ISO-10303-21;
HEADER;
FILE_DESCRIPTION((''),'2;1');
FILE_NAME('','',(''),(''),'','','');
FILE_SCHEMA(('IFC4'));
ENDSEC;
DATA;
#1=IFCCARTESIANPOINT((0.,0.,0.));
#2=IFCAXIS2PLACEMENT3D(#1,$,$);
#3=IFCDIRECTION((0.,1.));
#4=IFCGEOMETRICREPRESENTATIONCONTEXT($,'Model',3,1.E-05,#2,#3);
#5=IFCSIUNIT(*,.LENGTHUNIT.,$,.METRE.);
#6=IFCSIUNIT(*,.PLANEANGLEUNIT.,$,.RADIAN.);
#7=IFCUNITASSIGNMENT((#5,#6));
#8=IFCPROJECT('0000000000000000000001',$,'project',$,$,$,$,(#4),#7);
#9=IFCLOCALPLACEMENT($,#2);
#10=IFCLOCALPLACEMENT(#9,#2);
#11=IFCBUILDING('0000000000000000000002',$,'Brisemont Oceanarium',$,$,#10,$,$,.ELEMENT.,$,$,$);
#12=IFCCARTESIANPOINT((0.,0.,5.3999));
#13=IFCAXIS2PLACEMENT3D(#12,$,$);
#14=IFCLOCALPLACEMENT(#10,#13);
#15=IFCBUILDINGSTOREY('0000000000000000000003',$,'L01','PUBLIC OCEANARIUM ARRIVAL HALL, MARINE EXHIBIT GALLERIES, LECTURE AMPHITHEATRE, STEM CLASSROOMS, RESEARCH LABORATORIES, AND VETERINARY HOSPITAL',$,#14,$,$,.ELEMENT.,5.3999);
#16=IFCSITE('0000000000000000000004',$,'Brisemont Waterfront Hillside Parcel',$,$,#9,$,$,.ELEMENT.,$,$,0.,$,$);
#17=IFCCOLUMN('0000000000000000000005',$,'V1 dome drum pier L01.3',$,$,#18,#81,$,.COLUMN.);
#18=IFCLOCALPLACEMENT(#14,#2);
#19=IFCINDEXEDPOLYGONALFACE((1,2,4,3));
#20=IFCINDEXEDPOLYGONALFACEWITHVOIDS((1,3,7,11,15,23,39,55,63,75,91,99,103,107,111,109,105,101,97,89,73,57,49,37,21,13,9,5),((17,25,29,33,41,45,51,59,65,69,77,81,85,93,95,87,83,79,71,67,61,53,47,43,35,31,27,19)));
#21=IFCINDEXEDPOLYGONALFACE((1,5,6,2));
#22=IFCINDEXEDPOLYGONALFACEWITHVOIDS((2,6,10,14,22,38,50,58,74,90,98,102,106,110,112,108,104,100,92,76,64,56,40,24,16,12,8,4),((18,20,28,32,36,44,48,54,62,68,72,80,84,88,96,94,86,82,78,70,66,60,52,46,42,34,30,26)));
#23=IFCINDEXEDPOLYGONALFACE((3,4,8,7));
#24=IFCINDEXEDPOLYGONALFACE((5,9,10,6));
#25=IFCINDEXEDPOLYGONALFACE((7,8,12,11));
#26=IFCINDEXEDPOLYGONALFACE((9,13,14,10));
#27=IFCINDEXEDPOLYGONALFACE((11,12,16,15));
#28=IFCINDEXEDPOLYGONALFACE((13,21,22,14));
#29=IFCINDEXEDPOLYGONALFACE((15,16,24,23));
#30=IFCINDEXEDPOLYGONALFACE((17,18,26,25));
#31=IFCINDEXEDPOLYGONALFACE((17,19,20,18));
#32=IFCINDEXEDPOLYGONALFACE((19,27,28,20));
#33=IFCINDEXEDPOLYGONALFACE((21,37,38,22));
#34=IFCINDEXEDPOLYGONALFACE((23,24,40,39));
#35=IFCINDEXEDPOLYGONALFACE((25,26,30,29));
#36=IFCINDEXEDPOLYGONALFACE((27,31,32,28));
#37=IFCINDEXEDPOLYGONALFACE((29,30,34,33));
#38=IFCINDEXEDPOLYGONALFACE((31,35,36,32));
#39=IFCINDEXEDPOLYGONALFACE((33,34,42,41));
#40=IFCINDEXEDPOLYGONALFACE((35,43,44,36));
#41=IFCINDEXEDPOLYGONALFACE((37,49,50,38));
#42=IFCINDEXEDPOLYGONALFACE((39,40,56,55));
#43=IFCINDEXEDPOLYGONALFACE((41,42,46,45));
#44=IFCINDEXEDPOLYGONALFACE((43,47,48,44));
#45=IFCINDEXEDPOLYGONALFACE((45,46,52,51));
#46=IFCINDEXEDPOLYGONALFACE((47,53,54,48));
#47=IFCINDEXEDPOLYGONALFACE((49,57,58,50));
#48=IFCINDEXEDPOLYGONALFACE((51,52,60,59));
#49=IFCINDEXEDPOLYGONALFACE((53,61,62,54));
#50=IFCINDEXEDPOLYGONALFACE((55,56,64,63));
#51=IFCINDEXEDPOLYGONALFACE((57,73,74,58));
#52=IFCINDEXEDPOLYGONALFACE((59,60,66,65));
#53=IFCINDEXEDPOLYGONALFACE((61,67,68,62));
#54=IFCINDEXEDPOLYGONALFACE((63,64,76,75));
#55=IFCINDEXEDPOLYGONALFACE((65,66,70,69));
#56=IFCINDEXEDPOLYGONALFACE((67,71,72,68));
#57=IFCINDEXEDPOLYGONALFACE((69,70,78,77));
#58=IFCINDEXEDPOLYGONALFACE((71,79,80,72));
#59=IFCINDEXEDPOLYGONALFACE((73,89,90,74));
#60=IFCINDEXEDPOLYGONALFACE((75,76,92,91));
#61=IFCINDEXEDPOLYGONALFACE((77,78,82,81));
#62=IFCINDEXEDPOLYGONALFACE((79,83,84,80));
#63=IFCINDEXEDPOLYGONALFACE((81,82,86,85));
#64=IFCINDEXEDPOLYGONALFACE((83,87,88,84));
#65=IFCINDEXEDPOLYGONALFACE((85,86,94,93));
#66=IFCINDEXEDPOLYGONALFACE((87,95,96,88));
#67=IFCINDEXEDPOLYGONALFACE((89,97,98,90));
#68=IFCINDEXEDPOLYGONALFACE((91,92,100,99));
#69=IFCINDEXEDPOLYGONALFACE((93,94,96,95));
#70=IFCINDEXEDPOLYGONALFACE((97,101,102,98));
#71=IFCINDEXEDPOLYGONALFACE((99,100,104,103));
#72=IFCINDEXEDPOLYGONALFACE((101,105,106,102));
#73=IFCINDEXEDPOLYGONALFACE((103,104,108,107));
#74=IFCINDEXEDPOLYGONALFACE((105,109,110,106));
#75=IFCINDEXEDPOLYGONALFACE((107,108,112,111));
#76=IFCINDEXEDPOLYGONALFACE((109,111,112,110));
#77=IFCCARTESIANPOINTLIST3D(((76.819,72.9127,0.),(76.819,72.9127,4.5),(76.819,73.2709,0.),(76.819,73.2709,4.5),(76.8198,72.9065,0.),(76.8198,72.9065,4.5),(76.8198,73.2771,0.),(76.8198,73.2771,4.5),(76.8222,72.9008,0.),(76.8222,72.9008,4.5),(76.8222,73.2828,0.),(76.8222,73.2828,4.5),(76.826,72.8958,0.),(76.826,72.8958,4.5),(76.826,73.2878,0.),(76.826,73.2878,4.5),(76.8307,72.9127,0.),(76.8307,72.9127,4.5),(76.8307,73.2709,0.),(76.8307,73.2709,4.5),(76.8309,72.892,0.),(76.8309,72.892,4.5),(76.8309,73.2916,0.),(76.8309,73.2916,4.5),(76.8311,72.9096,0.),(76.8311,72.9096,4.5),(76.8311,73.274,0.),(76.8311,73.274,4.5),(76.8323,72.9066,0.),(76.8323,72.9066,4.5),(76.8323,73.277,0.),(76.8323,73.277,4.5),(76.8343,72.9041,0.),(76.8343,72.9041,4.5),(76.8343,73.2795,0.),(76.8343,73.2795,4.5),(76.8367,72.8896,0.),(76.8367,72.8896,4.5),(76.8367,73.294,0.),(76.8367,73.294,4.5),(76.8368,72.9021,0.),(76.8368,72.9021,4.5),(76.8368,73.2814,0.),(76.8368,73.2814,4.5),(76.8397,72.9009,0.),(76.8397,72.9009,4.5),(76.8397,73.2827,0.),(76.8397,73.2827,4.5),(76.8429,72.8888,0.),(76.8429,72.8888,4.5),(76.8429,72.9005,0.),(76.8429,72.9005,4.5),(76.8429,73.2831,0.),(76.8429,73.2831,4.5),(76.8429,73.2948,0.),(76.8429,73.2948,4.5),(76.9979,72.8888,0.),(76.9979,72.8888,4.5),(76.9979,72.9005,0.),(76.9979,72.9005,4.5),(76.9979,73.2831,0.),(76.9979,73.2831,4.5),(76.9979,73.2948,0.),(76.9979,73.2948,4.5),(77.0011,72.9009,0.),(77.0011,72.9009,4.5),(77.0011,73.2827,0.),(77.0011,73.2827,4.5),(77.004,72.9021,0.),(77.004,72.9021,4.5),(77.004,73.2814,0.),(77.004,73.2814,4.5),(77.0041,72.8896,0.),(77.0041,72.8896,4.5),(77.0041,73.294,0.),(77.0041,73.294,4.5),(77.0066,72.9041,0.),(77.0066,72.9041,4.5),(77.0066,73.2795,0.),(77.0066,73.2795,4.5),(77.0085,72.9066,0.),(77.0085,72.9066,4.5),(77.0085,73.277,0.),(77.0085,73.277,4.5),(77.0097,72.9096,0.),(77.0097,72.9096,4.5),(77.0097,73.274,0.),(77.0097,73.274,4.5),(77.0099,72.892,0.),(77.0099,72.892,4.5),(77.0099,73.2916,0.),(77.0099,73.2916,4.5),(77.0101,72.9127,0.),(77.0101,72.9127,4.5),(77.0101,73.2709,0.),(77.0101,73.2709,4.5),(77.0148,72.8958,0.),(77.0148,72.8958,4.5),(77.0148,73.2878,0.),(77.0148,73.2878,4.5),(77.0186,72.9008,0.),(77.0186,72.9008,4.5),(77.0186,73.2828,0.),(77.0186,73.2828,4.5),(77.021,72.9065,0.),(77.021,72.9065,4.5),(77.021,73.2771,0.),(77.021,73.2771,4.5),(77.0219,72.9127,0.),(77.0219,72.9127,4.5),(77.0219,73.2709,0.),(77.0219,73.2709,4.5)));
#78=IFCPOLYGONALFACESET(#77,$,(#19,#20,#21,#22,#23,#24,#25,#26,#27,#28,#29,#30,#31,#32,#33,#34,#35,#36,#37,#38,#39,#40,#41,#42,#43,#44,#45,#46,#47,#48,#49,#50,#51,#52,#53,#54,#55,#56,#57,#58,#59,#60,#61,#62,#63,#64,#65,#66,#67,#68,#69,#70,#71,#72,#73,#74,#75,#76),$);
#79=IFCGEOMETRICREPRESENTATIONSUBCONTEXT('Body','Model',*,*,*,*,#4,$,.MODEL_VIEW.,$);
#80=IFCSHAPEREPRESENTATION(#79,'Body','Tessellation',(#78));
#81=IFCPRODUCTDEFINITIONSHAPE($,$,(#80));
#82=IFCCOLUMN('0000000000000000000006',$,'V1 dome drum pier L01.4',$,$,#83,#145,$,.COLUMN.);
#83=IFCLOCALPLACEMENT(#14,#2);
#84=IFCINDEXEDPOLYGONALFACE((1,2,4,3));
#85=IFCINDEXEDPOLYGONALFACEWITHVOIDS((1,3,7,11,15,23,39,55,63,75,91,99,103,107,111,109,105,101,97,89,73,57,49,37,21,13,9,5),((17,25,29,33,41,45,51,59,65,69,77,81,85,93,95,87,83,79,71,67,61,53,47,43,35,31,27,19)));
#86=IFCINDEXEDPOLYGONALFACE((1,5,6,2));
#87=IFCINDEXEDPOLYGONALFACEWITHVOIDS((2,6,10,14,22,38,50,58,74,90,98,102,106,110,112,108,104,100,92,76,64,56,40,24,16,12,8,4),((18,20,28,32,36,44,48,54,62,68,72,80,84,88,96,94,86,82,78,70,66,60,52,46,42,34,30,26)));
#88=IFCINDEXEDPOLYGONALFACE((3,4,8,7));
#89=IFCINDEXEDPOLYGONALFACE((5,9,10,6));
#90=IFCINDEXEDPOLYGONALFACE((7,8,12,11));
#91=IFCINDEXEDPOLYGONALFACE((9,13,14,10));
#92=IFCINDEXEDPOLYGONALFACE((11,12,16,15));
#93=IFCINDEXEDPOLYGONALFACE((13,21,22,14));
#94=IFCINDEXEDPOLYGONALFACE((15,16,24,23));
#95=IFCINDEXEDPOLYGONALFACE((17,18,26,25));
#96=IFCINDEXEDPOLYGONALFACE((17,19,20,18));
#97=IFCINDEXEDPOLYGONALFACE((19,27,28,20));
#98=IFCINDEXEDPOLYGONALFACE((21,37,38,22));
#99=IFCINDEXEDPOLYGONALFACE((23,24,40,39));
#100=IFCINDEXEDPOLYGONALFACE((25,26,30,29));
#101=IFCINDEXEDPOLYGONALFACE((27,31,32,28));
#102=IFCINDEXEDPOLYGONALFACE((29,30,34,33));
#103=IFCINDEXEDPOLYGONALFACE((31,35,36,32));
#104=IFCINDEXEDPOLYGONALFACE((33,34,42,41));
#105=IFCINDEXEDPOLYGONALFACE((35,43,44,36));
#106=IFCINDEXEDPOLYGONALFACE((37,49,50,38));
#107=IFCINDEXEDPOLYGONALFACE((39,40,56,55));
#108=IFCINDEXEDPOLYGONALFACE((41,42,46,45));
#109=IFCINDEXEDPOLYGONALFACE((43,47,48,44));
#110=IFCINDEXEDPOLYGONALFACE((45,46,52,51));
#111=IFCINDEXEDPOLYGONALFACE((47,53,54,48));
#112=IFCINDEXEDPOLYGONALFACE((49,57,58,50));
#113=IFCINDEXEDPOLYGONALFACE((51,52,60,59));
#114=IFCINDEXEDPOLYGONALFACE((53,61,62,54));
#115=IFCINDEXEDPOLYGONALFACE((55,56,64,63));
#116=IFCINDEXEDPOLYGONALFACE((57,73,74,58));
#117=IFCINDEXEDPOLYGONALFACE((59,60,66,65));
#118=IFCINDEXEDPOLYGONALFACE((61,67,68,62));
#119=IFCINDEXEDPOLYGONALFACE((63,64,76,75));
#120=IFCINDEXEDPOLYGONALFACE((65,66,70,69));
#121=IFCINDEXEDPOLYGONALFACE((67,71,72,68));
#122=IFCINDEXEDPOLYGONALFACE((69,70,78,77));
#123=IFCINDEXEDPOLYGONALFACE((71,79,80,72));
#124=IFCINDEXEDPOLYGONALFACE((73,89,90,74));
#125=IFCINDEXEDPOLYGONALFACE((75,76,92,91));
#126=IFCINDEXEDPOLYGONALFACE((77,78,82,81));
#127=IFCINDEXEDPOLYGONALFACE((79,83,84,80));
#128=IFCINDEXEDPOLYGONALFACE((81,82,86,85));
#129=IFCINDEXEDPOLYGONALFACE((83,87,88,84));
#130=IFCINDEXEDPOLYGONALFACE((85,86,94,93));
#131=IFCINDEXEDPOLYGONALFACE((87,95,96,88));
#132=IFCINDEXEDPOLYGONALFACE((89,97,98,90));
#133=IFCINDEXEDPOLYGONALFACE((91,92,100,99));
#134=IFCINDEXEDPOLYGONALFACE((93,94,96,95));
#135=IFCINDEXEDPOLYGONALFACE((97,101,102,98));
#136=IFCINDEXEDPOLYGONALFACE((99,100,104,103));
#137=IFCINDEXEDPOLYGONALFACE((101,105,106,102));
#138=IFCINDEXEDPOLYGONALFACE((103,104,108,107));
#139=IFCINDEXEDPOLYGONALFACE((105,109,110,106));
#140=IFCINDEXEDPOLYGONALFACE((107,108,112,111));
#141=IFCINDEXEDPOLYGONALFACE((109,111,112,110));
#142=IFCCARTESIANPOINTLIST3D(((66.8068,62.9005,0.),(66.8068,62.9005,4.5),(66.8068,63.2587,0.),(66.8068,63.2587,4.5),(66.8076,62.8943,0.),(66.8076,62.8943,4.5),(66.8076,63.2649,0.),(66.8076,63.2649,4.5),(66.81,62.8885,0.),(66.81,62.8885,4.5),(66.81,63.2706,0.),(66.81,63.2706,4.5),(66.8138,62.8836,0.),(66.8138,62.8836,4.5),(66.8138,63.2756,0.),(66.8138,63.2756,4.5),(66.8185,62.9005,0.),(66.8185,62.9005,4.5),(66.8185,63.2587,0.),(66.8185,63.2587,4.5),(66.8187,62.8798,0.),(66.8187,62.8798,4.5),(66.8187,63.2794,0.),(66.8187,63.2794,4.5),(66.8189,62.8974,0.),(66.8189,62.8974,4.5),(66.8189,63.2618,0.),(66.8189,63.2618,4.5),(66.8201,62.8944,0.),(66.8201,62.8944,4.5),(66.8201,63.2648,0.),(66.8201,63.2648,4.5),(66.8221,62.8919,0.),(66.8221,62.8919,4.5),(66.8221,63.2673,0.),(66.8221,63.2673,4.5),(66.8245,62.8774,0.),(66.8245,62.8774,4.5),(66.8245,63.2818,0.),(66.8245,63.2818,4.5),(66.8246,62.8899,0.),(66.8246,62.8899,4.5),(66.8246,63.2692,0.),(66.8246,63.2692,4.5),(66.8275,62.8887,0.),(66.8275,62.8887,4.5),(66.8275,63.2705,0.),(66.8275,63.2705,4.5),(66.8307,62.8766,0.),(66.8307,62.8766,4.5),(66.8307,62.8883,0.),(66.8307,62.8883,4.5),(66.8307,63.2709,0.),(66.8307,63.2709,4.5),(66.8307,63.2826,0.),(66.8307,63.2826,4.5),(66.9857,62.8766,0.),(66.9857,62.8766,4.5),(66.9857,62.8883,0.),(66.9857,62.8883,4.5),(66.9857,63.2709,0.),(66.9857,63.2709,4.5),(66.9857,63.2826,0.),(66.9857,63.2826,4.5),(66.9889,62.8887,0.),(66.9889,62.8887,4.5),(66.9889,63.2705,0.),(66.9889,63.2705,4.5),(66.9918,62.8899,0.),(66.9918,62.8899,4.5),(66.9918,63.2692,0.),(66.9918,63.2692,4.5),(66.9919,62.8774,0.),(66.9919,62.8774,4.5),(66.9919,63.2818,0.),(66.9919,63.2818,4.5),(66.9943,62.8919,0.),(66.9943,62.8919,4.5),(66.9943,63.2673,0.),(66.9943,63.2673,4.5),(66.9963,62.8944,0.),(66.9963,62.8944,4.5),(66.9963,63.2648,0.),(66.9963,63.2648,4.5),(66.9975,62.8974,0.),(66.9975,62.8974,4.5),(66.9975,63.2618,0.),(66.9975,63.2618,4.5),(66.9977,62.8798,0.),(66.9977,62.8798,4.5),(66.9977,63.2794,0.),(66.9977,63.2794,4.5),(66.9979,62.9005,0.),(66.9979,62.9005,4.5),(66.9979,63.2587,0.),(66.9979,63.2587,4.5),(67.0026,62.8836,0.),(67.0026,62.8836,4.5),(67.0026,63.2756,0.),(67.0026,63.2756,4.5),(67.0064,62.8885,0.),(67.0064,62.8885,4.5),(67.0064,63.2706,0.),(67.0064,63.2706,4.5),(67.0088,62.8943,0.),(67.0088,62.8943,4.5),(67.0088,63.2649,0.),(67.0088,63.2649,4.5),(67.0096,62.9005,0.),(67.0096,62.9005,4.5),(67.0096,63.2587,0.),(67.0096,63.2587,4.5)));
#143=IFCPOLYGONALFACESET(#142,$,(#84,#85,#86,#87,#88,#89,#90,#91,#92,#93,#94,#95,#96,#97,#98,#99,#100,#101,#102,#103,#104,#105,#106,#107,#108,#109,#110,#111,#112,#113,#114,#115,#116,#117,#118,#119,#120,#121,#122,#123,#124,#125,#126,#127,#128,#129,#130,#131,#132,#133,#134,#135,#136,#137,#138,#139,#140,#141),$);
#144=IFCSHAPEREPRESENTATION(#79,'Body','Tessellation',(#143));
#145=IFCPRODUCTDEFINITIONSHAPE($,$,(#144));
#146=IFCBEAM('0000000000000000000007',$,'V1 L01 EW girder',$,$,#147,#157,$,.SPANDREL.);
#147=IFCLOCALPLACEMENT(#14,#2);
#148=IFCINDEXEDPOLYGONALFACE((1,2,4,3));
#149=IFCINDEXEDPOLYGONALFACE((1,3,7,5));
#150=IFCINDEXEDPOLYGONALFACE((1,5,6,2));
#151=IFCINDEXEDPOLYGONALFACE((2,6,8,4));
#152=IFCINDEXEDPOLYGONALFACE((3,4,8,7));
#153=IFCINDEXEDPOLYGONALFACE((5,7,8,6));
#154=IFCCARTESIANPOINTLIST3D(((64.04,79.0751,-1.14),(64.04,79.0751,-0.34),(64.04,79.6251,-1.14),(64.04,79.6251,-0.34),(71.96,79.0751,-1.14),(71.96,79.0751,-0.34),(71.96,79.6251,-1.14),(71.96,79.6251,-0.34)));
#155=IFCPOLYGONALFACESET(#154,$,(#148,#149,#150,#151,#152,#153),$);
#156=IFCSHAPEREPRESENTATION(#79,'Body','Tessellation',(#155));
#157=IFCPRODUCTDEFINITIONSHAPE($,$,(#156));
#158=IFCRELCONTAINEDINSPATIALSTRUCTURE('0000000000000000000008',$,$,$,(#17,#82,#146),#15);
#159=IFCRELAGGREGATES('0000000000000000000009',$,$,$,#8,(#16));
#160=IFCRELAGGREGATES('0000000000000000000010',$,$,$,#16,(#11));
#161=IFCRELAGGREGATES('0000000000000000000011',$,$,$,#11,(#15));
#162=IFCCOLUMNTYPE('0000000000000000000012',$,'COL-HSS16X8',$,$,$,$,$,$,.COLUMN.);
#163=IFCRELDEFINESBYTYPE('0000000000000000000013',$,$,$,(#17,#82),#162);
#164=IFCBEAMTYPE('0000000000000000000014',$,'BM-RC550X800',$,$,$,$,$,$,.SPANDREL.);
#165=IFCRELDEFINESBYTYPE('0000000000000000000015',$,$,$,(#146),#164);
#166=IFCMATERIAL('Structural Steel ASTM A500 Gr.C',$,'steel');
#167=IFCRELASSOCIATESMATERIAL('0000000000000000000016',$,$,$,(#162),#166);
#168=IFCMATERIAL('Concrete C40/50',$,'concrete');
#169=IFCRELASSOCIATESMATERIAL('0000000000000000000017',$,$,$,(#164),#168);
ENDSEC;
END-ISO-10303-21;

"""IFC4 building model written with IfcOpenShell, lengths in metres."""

from ifc_helpers import new_model, si_unit, direction, frame, origin, origin_2d, place, context, subcontext, project, spatial, rectangle, hollow_rectangle, extrude, material, material_profile, profile_set, type_object, element, save


model = new_model("IFC4")

# Units and contexts
model_context = context("Model", 3, precision=1e-05, world=origin(), true_north=direction((0.0, 1.0)))
body_context = subcontext(model_context, "Body", "Model", "MODEL_VIEW")
ifc_project = project(units=[si_unit("LENGTHUNIT", "METRE"), si_unit("PLANEANGLEUNIT", "RADIAN")], contexts=[model_context])

# Site, building, storey
site_placement = place(None, origin())
site = spatial("IfcSite", under=ifc_project, at=site_placement, Name="Brisemont Waterfront Hillside Parcel", CompositionType="ELEMENT", RefElevation=0.0)
building_placement = place(site_placement, origin())
building = spatial("IfcBuilding", under=site, at=building_placement, Name="Brisemont Oceanarium", CompositionType="ELEMENT")
storey_placement = place(building_placement, frame((0.0, 0.0, 5.3999)))
storey = spatial("IfcBuildingStorey", under=building, at=storey_placement, Name="L01", Description="PUBLIC OCEANARIUM ARRIVAL HALL, MARINE EXHIBIT GALLERIES, LECTURE AMPHITHEATRE, STEM CLASSROOMS, RESEARCH LABORATORIES, AND VETERINARY HOSPITAL", CompositionType="ELEMENT", Elevation=5.3999)

# Columns
ifc_material_1 = material(Name="Structural Steel ASTM A500 Gr.C", Category="steel")
ifc_material_profile_1 = material_profile(ifc_material_1, hollow_rectangle(XDim=0.2029, YDim=0.406, WallThickness=0.0117, InnerFilletRadius=0.0122, OuterFilletRadius=0.0239, at=origin_2d()), Name="HSS16X8X1/2")
ifc_profile_set_1 = profile_set([ifc_material_profile_1], Name="Structural Steel ASTM A500 Gr.C")
column_type_1 = type_object("IfcColumnType", Name="COL-HSS16X8", PredefinedType="COLUMN", material=ifc_profile_set_1)
for number, where, z_axis, x_axis, name in (
    (1, (76.9204, 73.0918, 0.0), (0.0, 0.0, 1.0), (1.0, 0.0, 0.0), "V1 dome drum pier L01.3"),
    (2, (66.9082, 63.0796, 0.0), (0.0, 0.0, 1.0), (1.0, 0.0, 0.0), "V1 dome drum pier L01.4"),
):
    element("IfcColumn", number, at=place(storey_placement, frame(where, z_axis=z_axis, x_axis=x_axis)), inside=storey, type_object=column_type_1, Name=name, PredefinedType="COLUMN", context=body_context, shape_type="SweptSolid", body=[
        extrude(hollow_rectangle(XDim=0.2029, YDim=0.406, WallThickness=0.0117, InnerFilletRadius=0.0122, OuterFilletRadius=0.0239, at=origin_2d()), origin(), (0.0, 0.0, 1.0), 4.5),
    ])

# Beam
ifc_material_2 = material(Name="Concrete C40/50", Category="concrete")
ifc_material_profile_2 = material_profile(ifc_material_2, rectangle(XDim=0.55, YDim=0.8, at=origin_2d()), Name="RC-BM-550X800")
ifc_profile_set_2 = profile_set([ifc_material_profile_2], Name="Concrete C40/50")
beam_type_1 = type_object("IfcBeamType", Name="BM-RC550X800", PredefinedType="SPANDREL", material=ifc_profile_set_2)
beam_1_placement = place(storey_placement, frame((64.04, 79.3501, -0.74), z_axis=(1.0, 0.0, 0.0), x_axis=(0.0, 1.0, 0.0)))
element("IfcBeam", 3, at=beam_1_placement, inside=storey, type_object=beam_type_1, Name="V1 L01 EW girder", PredefinedType="SPANDREL", context=body_context, shape_type="SweptSolid", body=[
    extrude(rectangle(XDim=0.55, YDim=0.8, at=origin_2d()), origin(), (0.0, 0.0, 1.0), 7.9199),
])

save(model, "model.ifc")
